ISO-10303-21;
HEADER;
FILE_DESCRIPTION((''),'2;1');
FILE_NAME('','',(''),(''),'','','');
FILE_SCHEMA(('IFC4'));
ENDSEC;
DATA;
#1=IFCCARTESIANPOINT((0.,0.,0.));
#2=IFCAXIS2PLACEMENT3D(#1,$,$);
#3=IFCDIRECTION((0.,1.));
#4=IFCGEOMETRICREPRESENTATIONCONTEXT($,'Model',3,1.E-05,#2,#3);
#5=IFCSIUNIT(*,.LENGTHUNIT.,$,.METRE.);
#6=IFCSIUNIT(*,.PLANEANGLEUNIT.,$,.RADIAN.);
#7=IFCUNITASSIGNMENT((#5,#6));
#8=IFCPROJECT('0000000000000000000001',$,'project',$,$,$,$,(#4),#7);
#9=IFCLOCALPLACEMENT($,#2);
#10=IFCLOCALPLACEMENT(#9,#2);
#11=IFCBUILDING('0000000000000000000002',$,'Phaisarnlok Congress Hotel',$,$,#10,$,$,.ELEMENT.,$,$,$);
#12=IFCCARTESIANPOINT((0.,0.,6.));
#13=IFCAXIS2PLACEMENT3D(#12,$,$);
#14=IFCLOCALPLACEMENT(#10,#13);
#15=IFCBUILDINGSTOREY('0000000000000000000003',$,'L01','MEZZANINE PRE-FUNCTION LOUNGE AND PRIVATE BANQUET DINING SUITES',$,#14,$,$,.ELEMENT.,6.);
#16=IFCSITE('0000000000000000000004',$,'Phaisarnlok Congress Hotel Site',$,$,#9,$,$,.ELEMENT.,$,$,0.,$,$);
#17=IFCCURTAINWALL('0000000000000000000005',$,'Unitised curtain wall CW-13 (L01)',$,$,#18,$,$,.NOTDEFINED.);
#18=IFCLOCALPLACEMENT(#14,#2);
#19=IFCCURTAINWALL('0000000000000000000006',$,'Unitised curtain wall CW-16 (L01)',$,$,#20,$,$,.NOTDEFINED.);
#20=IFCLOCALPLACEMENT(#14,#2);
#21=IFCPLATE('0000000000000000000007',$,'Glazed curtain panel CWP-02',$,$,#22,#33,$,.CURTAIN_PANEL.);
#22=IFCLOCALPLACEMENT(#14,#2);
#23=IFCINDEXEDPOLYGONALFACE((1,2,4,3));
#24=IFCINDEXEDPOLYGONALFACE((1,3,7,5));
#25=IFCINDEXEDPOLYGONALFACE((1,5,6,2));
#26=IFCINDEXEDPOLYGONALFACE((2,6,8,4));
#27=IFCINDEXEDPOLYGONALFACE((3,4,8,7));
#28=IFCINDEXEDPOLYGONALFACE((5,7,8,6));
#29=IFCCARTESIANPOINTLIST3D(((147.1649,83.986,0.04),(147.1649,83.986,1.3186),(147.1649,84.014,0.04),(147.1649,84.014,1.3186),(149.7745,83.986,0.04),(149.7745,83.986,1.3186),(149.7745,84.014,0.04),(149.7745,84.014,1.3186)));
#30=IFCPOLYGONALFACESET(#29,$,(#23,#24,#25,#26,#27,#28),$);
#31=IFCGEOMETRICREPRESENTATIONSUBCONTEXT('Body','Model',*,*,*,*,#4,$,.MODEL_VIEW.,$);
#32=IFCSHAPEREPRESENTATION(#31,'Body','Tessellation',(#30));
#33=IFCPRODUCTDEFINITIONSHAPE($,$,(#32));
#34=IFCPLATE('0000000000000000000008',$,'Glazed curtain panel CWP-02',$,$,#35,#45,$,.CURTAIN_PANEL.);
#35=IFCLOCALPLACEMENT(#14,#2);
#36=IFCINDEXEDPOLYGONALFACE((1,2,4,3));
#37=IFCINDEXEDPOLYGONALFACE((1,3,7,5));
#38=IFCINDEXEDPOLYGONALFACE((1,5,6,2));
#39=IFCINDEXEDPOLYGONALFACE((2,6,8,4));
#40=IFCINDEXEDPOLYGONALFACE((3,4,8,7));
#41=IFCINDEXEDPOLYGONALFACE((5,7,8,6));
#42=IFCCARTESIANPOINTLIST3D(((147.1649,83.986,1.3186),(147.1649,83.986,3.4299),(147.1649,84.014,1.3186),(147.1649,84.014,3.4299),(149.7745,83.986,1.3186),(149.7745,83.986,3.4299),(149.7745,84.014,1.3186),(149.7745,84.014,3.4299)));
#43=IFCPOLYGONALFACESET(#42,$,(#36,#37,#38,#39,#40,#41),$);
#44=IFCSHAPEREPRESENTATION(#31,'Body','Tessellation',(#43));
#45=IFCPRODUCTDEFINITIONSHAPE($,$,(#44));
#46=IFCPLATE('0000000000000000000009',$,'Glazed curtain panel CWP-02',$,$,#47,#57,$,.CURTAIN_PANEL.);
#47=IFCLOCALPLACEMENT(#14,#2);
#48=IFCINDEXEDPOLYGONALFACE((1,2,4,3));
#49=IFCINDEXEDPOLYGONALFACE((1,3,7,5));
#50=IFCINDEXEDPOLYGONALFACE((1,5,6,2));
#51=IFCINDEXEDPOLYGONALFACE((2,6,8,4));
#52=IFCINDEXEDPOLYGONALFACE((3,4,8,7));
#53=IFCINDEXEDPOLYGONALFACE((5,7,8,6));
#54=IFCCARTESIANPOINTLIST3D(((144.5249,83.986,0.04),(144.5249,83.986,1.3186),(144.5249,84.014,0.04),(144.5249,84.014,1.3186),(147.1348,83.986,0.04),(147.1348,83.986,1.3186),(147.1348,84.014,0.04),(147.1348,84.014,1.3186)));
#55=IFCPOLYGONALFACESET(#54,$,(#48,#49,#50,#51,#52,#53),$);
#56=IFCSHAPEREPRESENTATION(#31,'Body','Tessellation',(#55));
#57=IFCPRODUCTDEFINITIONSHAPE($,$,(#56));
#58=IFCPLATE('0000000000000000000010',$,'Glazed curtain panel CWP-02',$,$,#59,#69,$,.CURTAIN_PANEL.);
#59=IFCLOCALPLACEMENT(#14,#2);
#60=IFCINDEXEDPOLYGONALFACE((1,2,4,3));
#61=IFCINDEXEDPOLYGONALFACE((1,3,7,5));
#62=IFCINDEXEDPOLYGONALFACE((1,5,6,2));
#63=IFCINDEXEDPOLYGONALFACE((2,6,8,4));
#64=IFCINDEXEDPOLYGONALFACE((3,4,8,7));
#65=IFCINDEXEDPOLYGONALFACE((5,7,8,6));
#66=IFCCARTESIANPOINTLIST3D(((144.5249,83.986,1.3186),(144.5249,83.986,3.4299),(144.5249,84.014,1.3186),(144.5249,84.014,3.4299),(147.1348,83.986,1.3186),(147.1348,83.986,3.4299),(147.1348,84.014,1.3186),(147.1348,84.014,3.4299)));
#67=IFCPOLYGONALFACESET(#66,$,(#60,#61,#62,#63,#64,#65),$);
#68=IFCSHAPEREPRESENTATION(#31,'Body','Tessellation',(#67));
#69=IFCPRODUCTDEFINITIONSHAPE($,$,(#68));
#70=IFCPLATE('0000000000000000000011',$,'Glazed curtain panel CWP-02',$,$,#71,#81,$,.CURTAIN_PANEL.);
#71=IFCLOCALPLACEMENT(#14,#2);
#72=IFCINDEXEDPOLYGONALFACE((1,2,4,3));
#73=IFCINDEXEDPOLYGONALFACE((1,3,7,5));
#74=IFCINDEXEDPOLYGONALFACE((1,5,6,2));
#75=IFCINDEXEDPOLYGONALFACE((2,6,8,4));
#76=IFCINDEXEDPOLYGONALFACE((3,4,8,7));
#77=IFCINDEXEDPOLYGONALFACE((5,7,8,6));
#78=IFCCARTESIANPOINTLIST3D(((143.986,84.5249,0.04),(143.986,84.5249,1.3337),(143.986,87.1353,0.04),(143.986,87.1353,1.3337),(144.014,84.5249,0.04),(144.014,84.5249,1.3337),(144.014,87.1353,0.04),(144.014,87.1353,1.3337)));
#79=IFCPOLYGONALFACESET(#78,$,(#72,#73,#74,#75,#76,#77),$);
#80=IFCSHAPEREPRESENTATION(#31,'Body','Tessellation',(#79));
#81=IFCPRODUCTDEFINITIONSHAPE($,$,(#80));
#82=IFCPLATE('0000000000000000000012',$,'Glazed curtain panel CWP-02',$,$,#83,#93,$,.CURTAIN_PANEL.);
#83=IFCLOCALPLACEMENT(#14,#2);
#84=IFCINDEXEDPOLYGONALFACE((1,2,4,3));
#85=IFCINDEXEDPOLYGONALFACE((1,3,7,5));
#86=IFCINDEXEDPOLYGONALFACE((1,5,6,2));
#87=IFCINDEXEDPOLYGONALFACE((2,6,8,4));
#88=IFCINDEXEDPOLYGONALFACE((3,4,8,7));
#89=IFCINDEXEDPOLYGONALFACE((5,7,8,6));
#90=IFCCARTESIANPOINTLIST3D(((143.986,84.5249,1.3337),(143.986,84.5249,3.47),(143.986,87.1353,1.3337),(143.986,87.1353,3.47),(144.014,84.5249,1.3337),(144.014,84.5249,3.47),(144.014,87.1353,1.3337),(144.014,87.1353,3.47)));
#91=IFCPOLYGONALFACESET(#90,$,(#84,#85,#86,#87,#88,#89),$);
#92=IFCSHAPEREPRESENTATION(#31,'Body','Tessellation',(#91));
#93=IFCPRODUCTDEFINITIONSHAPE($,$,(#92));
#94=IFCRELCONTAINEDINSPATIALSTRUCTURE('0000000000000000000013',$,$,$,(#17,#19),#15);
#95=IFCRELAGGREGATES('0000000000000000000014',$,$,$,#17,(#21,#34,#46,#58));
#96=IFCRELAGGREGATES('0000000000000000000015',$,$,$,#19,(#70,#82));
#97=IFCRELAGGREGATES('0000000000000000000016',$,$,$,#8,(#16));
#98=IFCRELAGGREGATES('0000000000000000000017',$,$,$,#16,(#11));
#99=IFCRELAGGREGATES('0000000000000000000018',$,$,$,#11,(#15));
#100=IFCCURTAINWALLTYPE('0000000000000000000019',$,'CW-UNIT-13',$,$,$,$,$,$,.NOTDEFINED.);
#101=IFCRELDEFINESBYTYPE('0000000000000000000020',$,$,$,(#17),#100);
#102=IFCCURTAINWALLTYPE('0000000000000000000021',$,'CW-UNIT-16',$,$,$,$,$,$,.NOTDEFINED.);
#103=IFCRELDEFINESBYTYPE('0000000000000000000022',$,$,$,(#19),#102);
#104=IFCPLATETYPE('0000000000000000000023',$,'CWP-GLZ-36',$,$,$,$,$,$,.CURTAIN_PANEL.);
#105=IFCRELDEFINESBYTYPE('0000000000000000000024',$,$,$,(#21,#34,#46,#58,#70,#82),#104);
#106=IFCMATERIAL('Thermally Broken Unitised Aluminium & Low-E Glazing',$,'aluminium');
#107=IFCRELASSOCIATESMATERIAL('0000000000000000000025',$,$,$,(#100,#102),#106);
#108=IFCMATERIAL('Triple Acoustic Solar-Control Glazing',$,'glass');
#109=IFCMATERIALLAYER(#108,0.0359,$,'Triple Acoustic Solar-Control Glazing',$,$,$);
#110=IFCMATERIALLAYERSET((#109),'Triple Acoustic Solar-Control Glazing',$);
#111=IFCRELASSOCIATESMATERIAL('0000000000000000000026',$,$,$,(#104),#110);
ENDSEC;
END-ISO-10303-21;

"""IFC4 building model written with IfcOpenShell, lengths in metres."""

from ifc_helpers import new_model, si_unit, direction, frame, frame_2d, origin, place, context, subcontext, project, spatial, rectangle, extrude, material, layer, layer_set, type_object, element, aggregate, save


model = new_model("IFC4")

# Units and contexts
model_context = context("Model", 3, precision=1e-05, world=origin(), true_north=direction((0.0, 1.0)))
body_context = subcontext(model_context, "Body", "Model", "MODEL_VIEW")
ifc_project = project(units=[si_unit("LENGTHUNIT", "METRE"), si_unit("PLANEANGLEUNIT", "RADIAN")], contexts=[model_context])

# Site, building, storey
site_placement = place(None, origin())
site = spatial("IfcSite", under=ifc_project, at=site_placement, Name="Phaisarnlok Congress Hotel Site", CompositionType="ELEMENT", RefElevation=0.0)
building_placement = place(site_placement, origin())
building = spatial("IfcBuilding", under=site, at=building_placement, Name="Phaisarnlok Congress Hotel", CompositionType="ELEMENT")
storey_placement = place(building_placement, frame((0.0, 0.0, 6.0)))
storey = spatial("IfcBuildingStorey", under=building, at=storey_placement, Name="L01", Description="MEZZANINE PRE-FUNCTION LOUNGE AND PRIVATE BANQUET DINING SUITES", CompositionType="ELEMENT", Elevation=6.0)

# Curtain walls
ifc_material_1 = material(Name="Thermally Broken Unitised Aluminium & Low-E Glazing", Category="aluminium")
curtain_wall_type_1 = type_object("IfcCurtainWallType", Name="CW-UNIT-13", PredefinedType="NOTDEFINED", material=ifc_material_1)
curtain_wall_1_placement = place(storey_placement, origin())
curtain_wall_1 = element("IfcCurtainWall", 1, at=curtain_wall_1_placement, inside=storey, type_object=curtain_wall_type_1, Name="Unitised curtain wall CW-13 (L01)", PredefinedType="NOTDEFINED")
curtain_wall_type_2 = type_object("IfcCurtainWallType", Name="CW-UNIT-16", PredefinedType="NOTDEFINED", material=ifc_material_1)
curtain_wall_2_placement = place(storey_placement, origin())
curtain_wall_2 = element("IfcCurtainWall", 2, at=curtain_wall_2_placement, inside=storey, type_object=curtain_wall_type_2, Name="Unitised curtain wall CW-16 (L01)", PredefinedType="NOTDEFINED")

# Plates
ifc_material_2 = material(Name="Triple Acoustic Solar-Control Glazing", Category="glass")
ifc_layer = layer(ifc_material_2, 0.0359, Name="Triple Acoustic Solar-Control Glazing")
ifc_layer_set = layer_set([ifc_layer], Name="Triple Acoustic Solar-Control Glazing")
plate_type = type_object("IfcPlateType", Name="CWP-GLZ-36", PredefinedType="CURTAIN_PANEL", material=ifc_layer_set)
plate_1_placement = place(storey_placement, frame((149.7744, 84.0, 0.04), z_axis=(0.0, 0.0, 1.0), x_axis=(-1.0, 0.0, 0.0)))
plate_1 = element("IfcPlate", 3, at=plate_1_placement, type_object=plate_type, Name="Glazed curtain panel CWP-02", PredefinedType="CURTAIN_PANEL", context=body_context, shape_type="SweptSolid", body=[
    extrude(rectangle(XDim=2.6096, YDim=0.0281, at=frame_2d((1.3047, 0.0))), origin(), (0.0, 0.0, 1.0), 1.2786),
])
plate_2_placement = place(storey_placement, frame((149.7744, 84.0, 1.3186), z_axis=(0.0, 0.0, 1.0), x_axis=(-1.0, 0.0, 0.0)))
plate_2 = element("IfcPlate", 4, at=plate_2_placement, type_object=plate_type, Name="Glazed curtain panel CWP-02", PredefinedType="CURTAIN_PANEL", context=body_context, shape_type="SweptSolid", body=[
    extrude(rectangle(XDim=2.6096, YDim=0.0281, at=frame_2d((1.3047, 0.0))), origin(), (0.0, 0.0, 1.0), 2.1113),
])
plate_3_placement = place(storey_placement, frame((147.1348, 84.0, 0.04), z_axis=(0.0, 0.0, 1.0), x_axis=(-1.0, 0.0, 0.0)))
plate_3 = element("IfcPlate", 5, at=plate_3_placement, type_object=plate_type, Name="Glazed curtain panel CWP-02", PredefinedType="CURTAIN_PANEL", context=body_context, shape_type="SweptSolid", body=[
    extrude(rectangle(XDim=2.6099, YDim=0.0281, at=frame_2d((1.3049, 0.0))), origin(), (0.0, 0.0, 1.0), 1.2786),
])
plate_4_placement = place(storey_placement, frame((147.1348, 84.0, 1.3186), z_axis=(0.0, 0.0, 1.0), x_axis=(-1.0, 0.0, 0.0)))
plate_4 = element("IfcPlate", 6, at=plate_4_placement, type_object=plate_type, Name="Glazed curtain panel CWP-02", PredefinedType="CURTAIN_PANEL", context=body_context, shape_type="SweptSolid", body=[
    extrude(rectangle(XDim=2.6099, YDim=0.0281, at=frame_2d((1.3049, 0.0))), origin(), (0.0, 0.0, 1.0), 2.1113),
])
aggregate(curtain_wall_1, [plate_1, plate_2, plate_3, plate_4])
plate_5_placement = place(storey_placement, frame((144.0, 84.5249, 0.04), z_axis=(0.0, 0.0, 1.0), x_axis=(0.0, 1.0, 0.0)))
plate_5 = element("IfcPlate", 7, at=plate_5_placement, type_object=plate_type, Name="Glazed curtain panel CWP-02", PredefinedType="CURTAIN_PANEL", context=body_context, shape_type="SweptSolid", body=[
    extrude(rectangle(XDim=2.6104, YDim=0.0281, at=frame_2d((1.3052, 0.0))), origin(), (0.0, 0.0, 1.0), 1.2937),
])
plate_6_placement = place(storey_placement, frame((144.0, 84.5249, 1.3337), z_axis=(0.0, 0.0, 1.0), x_axis=(0.0, 1.0, 0.0)))
plate_6 = element("IfcPlate", 8, at=plate_6_placement, type_object=plate_type, Name="Glazed curtain panel CWP-02", PredefinedType="CURTAIN_PANEL", context=body_context, shape_type="SweptSolid", body=[
    extrude(rectangle(XDim=2.6104, YDim=0.0281, at=frame_2d((1.3052, 0.0))), origin(), (0.0, 0.0, 1.0), 2.1362),
])
aggregate(curtain_wall_2, [plate_5, plate_6])

save(model, "model.ifc")
